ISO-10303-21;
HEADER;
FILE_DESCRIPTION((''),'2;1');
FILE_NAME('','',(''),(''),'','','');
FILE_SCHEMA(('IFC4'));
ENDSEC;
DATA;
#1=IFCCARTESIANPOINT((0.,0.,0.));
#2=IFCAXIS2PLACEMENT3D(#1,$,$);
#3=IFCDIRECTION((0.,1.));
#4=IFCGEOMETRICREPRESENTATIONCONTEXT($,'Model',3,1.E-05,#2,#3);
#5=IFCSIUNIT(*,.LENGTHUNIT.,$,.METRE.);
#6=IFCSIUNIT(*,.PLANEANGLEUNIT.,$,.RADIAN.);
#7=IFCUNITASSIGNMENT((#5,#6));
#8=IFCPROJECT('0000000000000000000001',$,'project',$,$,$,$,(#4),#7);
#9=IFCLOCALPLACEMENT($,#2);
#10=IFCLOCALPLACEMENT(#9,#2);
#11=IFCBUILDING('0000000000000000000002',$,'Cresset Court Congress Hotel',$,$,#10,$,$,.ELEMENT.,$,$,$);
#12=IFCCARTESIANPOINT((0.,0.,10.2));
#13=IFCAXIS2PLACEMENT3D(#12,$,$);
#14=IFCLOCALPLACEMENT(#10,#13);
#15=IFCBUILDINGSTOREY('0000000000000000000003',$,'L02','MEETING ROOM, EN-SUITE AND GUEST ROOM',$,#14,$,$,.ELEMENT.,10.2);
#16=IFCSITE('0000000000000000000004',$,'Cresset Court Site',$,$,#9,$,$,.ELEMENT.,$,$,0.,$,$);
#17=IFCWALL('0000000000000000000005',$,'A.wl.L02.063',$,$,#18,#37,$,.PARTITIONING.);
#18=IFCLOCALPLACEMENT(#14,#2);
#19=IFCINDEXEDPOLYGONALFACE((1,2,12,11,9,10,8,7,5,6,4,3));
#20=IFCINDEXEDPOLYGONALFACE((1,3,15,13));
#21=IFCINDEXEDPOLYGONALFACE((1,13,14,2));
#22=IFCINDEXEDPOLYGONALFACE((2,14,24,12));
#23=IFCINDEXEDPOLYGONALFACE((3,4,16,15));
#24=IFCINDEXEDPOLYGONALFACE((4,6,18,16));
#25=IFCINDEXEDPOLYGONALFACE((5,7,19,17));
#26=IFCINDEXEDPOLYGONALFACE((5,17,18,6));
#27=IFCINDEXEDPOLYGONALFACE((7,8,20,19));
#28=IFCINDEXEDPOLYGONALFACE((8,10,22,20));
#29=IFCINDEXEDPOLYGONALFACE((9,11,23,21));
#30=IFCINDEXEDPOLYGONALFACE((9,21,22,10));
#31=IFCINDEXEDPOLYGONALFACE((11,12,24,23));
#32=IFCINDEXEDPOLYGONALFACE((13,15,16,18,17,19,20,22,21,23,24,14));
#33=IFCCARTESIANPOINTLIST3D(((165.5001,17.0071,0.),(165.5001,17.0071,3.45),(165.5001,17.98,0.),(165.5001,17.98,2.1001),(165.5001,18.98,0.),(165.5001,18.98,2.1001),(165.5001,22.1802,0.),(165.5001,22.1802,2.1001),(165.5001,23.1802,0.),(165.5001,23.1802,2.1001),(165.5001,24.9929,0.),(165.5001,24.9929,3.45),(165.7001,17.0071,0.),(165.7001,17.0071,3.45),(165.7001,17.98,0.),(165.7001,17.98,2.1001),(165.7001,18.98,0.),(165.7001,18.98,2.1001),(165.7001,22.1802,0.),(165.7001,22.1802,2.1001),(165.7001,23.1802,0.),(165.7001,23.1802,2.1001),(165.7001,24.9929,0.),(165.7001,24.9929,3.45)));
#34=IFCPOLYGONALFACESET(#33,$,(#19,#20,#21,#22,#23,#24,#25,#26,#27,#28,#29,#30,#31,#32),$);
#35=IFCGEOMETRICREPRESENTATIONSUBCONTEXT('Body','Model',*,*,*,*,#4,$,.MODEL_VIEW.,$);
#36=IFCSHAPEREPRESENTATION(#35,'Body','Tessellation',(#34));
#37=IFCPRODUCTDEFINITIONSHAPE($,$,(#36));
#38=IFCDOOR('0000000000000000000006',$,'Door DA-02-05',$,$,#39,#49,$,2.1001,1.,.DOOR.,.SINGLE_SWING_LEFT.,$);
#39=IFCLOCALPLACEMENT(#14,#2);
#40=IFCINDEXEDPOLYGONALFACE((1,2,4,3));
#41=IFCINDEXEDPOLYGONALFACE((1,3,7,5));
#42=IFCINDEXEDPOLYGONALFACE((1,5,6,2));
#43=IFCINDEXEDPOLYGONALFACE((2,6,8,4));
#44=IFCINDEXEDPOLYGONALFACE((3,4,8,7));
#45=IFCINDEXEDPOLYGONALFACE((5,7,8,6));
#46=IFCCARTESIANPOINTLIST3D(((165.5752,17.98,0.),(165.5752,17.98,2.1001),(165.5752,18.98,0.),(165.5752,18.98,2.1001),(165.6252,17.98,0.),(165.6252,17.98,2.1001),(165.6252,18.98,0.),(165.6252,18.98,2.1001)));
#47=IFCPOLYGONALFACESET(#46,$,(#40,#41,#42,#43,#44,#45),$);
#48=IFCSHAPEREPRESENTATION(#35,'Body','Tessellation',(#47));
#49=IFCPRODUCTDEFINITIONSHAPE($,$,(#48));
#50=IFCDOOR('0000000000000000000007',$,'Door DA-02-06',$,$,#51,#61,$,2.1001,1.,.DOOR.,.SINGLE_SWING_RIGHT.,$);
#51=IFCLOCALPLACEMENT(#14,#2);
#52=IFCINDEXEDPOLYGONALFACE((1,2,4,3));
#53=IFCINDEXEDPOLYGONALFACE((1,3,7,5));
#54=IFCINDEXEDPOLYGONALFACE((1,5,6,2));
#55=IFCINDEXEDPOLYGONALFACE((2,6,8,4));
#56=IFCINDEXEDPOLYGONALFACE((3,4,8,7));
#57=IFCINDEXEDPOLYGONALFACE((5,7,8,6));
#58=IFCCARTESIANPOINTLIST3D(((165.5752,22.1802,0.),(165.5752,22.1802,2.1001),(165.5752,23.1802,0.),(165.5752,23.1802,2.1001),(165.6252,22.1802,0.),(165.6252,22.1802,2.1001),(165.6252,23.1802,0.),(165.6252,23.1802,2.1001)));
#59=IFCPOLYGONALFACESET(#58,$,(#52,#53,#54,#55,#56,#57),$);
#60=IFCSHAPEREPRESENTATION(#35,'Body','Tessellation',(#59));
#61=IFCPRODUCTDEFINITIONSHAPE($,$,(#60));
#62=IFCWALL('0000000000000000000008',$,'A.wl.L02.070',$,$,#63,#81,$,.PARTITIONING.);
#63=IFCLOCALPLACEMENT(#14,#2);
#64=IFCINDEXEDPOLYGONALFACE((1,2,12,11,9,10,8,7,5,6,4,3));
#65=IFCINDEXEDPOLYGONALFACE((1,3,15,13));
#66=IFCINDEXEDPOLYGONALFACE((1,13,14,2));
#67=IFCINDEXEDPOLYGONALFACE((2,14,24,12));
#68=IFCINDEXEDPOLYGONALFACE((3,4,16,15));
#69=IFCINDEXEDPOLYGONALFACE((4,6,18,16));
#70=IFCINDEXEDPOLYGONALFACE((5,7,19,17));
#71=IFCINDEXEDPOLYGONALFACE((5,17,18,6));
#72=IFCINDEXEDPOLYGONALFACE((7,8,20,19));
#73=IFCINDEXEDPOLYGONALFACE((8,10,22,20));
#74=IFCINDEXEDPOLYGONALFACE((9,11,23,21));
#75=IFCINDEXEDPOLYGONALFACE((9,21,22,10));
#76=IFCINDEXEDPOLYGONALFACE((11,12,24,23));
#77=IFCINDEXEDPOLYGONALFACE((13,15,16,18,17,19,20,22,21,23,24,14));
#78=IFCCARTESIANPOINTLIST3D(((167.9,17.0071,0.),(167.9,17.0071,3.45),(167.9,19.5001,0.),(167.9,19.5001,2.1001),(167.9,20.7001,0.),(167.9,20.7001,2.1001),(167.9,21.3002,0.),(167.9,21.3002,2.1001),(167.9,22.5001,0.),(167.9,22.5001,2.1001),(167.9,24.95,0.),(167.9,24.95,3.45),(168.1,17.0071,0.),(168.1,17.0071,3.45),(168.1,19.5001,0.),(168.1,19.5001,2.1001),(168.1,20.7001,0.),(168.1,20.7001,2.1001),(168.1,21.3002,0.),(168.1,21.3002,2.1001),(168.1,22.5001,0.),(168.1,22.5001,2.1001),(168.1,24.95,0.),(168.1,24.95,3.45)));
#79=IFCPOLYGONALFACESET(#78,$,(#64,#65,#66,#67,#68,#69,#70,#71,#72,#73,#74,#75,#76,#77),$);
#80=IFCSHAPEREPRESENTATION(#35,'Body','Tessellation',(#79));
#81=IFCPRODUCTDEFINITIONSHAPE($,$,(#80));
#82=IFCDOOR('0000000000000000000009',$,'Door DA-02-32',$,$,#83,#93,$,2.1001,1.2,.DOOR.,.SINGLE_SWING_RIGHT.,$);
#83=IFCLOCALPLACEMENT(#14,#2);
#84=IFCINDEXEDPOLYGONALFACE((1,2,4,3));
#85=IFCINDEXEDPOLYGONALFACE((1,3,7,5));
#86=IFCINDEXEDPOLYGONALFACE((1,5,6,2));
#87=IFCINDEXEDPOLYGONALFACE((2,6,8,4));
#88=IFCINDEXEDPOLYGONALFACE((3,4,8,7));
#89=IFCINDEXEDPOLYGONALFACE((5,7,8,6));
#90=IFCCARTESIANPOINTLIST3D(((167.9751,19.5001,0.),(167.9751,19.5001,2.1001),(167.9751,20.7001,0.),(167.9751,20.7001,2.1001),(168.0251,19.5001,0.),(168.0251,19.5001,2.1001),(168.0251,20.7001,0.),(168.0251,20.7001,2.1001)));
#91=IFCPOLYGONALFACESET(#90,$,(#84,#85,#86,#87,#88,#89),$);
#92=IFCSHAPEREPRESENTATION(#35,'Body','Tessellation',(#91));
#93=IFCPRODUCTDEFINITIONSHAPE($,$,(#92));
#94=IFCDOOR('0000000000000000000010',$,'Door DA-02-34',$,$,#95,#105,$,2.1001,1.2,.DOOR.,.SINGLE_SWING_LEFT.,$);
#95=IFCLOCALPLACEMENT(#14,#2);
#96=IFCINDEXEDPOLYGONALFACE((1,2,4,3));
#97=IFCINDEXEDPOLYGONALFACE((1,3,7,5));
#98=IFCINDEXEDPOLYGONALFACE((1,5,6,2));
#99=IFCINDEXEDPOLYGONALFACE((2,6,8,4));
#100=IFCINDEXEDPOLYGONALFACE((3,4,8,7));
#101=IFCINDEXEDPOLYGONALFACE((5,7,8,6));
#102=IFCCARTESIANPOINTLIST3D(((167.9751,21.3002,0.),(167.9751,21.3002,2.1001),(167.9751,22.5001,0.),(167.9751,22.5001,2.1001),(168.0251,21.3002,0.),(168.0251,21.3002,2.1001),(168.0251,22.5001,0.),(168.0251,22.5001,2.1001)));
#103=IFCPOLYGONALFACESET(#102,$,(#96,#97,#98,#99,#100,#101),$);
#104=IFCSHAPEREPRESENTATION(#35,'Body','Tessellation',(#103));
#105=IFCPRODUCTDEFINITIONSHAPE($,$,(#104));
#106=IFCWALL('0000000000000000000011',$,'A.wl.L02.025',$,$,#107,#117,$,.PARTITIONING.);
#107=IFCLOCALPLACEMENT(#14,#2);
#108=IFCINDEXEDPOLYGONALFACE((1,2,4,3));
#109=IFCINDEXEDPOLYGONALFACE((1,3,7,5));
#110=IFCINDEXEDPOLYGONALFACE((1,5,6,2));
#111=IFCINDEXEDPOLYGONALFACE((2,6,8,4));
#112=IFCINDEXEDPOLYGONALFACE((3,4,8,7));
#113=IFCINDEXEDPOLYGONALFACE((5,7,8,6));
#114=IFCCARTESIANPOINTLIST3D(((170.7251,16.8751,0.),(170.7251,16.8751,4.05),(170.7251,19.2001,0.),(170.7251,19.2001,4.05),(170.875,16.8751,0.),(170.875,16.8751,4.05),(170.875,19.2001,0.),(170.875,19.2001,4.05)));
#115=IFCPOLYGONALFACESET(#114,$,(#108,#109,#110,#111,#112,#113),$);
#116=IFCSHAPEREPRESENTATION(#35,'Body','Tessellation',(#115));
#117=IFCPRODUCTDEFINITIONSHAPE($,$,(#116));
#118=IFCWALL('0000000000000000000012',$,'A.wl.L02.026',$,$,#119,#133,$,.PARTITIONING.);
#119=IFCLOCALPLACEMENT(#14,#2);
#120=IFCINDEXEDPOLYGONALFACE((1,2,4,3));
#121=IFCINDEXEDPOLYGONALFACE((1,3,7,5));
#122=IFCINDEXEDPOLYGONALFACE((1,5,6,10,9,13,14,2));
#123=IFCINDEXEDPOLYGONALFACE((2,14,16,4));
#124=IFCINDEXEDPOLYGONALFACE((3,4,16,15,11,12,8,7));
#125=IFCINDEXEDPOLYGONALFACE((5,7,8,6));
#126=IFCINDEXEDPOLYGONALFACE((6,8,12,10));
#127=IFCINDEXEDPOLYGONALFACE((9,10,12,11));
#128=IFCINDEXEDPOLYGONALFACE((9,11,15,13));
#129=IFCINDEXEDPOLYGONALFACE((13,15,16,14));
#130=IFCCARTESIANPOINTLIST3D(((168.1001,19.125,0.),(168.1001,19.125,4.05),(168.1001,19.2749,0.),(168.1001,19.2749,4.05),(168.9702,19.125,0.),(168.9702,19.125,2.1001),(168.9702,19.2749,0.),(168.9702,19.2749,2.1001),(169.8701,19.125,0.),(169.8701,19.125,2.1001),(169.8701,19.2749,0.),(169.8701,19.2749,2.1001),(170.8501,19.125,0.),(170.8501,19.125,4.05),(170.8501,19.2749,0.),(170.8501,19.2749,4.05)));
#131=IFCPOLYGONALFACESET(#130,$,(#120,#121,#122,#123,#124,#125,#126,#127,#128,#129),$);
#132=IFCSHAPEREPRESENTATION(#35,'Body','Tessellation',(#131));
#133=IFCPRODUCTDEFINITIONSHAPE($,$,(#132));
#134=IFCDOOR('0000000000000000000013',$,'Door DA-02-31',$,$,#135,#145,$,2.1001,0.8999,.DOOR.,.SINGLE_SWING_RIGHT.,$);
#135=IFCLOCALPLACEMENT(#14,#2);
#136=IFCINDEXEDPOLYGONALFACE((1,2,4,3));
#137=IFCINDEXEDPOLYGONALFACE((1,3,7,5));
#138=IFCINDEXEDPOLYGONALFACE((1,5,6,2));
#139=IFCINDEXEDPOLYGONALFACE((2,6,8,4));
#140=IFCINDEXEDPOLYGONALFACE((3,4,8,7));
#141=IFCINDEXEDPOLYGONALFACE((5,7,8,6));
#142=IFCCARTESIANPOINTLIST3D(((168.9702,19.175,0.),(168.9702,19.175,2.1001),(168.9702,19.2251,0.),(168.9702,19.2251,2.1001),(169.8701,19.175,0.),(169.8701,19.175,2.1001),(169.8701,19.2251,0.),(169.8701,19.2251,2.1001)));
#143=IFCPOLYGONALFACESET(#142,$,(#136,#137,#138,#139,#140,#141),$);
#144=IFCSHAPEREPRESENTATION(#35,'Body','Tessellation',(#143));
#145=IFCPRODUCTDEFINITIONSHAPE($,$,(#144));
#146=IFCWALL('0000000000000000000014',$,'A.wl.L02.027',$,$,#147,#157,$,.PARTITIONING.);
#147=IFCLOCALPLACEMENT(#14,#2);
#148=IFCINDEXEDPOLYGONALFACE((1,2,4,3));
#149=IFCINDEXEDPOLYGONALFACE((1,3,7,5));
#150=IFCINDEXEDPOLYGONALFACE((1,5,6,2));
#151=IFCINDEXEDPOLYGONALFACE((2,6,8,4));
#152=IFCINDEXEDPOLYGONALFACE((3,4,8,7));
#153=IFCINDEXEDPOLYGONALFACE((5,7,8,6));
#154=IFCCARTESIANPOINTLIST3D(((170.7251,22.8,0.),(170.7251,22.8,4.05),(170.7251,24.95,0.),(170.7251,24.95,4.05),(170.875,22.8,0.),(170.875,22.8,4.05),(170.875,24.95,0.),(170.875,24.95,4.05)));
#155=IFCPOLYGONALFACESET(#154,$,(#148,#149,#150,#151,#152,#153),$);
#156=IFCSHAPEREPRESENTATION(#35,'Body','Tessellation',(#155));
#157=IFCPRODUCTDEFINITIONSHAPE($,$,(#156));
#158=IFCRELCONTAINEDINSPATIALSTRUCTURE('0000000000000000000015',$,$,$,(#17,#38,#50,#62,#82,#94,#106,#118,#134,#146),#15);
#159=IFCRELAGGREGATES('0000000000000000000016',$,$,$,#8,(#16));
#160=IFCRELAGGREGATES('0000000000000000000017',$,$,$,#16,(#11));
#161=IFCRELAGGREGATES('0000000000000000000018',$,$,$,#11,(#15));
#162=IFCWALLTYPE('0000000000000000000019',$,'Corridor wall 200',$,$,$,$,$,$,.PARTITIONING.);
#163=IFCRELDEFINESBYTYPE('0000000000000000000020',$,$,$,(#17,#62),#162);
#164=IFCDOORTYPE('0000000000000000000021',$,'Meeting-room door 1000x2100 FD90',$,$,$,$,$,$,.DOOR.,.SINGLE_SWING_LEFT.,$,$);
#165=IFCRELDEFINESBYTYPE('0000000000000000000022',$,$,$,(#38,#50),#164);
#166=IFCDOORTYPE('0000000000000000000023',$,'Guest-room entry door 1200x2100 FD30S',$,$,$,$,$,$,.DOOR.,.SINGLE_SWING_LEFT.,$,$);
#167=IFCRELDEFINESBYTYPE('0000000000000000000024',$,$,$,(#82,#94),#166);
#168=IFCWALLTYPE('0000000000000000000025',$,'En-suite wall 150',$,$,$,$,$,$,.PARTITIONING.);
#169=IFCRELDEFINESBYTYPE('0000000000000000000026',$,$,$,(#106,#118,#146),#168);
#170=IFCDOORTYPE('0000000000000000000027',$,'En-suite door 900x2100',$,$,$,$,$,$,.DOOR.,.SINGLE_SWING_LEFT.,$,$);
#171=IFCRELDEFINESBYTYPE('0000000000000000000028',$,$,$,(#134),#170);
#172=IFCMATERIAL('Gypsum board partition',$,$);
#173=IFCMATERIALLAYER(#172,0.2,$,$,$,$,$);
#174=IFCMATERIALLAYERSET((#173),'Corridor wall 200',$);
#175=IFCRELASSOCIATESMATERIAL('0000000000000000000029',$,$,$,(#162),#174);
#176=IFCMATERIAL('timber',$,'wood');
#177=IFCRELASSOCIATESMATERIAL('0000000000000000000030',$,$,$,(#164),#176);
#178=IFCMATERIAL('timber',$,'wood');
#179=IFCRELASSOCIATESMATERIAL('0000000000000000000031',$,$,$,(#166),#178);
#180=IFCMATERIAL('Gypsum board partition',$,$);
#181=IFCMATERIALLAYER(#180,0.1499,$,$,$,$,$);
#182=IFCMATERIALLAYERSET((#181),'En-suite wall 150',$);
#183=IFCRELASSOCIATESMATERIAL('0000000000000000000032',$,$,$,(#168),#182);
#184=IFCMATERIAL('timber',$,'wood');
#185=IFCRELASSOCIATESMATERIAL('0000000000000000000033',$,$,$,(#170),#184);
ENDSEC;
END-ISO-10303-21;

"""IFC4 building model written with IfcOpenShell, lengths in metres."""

from ifc_helpers import new_model, si_unit, direction, frame, frame_2d, origin, place, context, subcontext, project, spatial, rectangle, extrude, material, layer, layer_set, type_object, element, fill, save


model = new_model("IFC4")

# Units and contexts
model_context = context("Model", 3, precision=1e-05, world=origin(), true_north=direction((0.0, 1.0)))
body_context = subcontext(model_context, "Body", "Model", "MODEL_VIEW")
ifc_project = project(units=[si_unit("LENGTHUNIT", "METRE"), si_unit("PLANEANGLEUNIT", "RADIAN")], contexts=[model_context])

# Site, building, storey
site_placement = place(None, origin())
site = spatial("IfcSite", under=ifc_project, at=site_placement, Name="Cresset Court Site", CompositionType="ELEMENT", RefElevation=0.0)
building_placement = place(site_placement, origin())
building = spatial("IfcBuilding", under=site, at=building_placement, Name="Cresset Court Congress Hotel", CompositionType="ELEMENT")
storey_placement = place(building_placement, frame((0.0, 0.0, 10.2)))
storey = spatial("IfcBuildingStorey", under=building, at=storey_placement, Name="L02", Description="MEETING ROOM, EN-SUITE AND GUEST ROOM", CompositionType="ELEMENT", Elevation=10.2)

# Walls, openings, doors
ifc_material_1 = material(Name="Gypsum board partition")
ifc_layer_1 = layer(ifc_material_1, 0.2)
ifc_layer_set_1 = layer_set([ifc_layer_1], Name="Corridor wall 200")
wall_type_1 = type_object("IfcWallType", Name="Corridor wall 200", PredefinedType="PARTITIONING", material=ifc_layer_set_1)
wall_1_placement = place(storey_placement, frame((165.6001, 17.0071, 0.0), z_axis=(0.0, 0.0, 1.0), x_axis=(0.0, 1.0, 0.0)))
wall_1 = element("IfcWall", 1, at=wall_1_placement, inside=storey, type_object=wall_type_1, Name="A.wl.L02.063", PredefinedType="PARTITIONING", context=body_context, shape_type="SweptSolid", body=[
    extrude(rectangle(XDim=7.9858, YDim=0.2, at=frame_2d((3.9929, 0.0))), origin(), (0.0, 0.0, 1.0), 3.45),
])
opening_1_placement = place(wall_1_placement, frame((0.9729, 0.0, 0.0)))
opening_1 = element("IfcOpeningElement", 2, at=opening_1_placement, cuts=wall_1, PredefinedType="OPENING", context=body_context, shape_type="SweptSolid", body=[
    extrude(rectangle(XDim=1.0, YDim=2.1001, at=frame_2d((0.5, 1.05))), frame((0.0, 0.1099, 0.0), z_axis=(0.0, -1.0, 0.0), x_axis=(1.0, 0.0, 0.0)), (0.0, 0.0, 1.0), 0.22),
])
opening_2_placement = place(wall_1_placement, frame((5.1731, 0.0, 0.0)))
opening_2 = element("IfcOpeningElement", 3, at=opening_2_placement, cuts=wall_1, PredefinedType="OPENING", context=body_context, shape_type="SweptSolid", body=[
    extrude(rectangle(XDim=1.0, YDim=2.1001, at=frame_2d((0.5, 1.05))), frame((0.0, 0.1099, 0.0), z_axis=(0.0, -1.0, 0.0), x_axis=(1.0, 0.0, 0.0)), (0.0, 0.0, 1.0), 0.22),
])
ifc_material_2 = material(Name="timber", Category="wood")
door_type_1 = type_object("IfcDoorType", Name="Meeting-room door 1000x2100 FD90", OperationType="SINGLE_SWING_LEFT", PredefinedType="DOOR", material=ifc_material_2)
door_1_placement = place(opening_1_placement, origin())
door_1 = element("IfcDoor", 4, at=door_1_placement, inside=storey, type_object=door_type_1, Name="Door DA-02-05", OperationType="SINGLE_SWING_LEFT", OverallHeight=2.1001, OverallWidth=1.0, PredefinedType="DOOR", context=body_context, shape_type="SweptSolid", body=[
    extrude(rectangle(XDim=1.0, YDim=2.1001, at=frame_2d((0.5, 1.05))), frame((0.0, 0.0249, 0.0), z_axis=(0.0, -1.0, 0.0), x_axis=(1.0, 0.0, 0.0)), (0.0, 0.0, 1.0), 0.05),
])
fill(opening_1, door_1)
door_2_placement = place(opening_2_placement, origin())
door_2 = element("IfcDoor", 5, at=door_2_placement, inside=storey, type_object=door_type_1, Name="Door DA-02-06", OperationType="SINGLE_SWING_RIGHT", OverallHeight=2.1001, OverallWidth=1.0, PredefinedType="DOOR", context=body_context, shape_type="SweptSolid", body=[
    extrude(rectangle(XDim=1.0, YDim=2.1001, at=frame_2d((0.5, 1.05))), frame((0.0, 0.0249, 0.0), z_axis=(0.0, -1.0, 0.0), x_axis=(1.0, 0.0, 0.0)), (0.0, 0.0, 1.0), 0.05),
])
fill(opening_2, door_2)
wall_2_placement = place(storey_placement, frame((168.0, 17.0071, 0.0), z_axis=(0.0, 0.0, 1.0), x_axis=(0.0, 1.0, 0.0)))
wall_2 = element("IfcWall", 6, at=wall_2_placement, inside=storey, type_object=wall_type_1, Name="A.wl.L02.070", PredefinedType="PARTITIONING", context=body_context, shape_type="SweptSolid", body=[
    extrude(rectangle(XDim=7.9429, YDim=0.2, at=frame_2d((3.9714, 0.0))), origin(), (0.0, 0.0, 1.0), 3.45),
])
opening_3_placement = place(wall_2_placement, frame((2.4929, 0.0, 0.0)))
opening_3 = element("IfcOpeningElement", 7, at=opening_3_placement, cuts=wall_2, PredefinedType="OPENING", context=body_context, shape_type="SweptSolid", body=[
    extrude(rectangle(XDim=1.2, YDim=2.1001, at=frame_2d((0.6001, 1.05))), frame((0.0, 0.1099, 0.0), z_axis=(0.0, -1.0, 0.0), x_axis=(1.0, 0.0, 0.0)), (0.0, 0.0, 1.0), 0.22),
])
opening_4_placement = place(wall_2_placement, frame((4.293, 0.0, 0.0)))
opening_4 = element("IfcOpeningElement", 8, at=opening_4_placement, cuts=wall_2, PredefinedType="OPENING", context=body_context, shape_type="SweptSolid", body=[
    extrude(rectangle(XDim=1.2, YDim=2.1001, at=frame_2d((0.6001, 1.05))), frame((0.0, 0.1099, 0.0), z_axis=(0.0, -1.0, 0.0), x_axis=(1.0, 0.0, 0.0)), (0.0, 0.0, 1.0), 0.22),
])
ifc_material_3 = material(Name="timber", Category="wood")
door_type_2 = type_object("IfcDoorType", Name="Guest-room entry door 1200x2100 FD30S", OperationType="SINGLE_SWING_LEFT", PredefinedType="DOOR", material=ifc_material_3)
door_3_placement = place(opening_3_placement, origin())
door_3 = element("IfcDoor", 9, at=door_3_placement, inside=storey, type_object=door_type_2, Name="Door DA-02-32", OperationType="SINGLE_SWING_RIGHT", OverallHeight=2.1001, OverallWidth=1.2, PredefinedType="DOOR", context=body_context, shape_type="SweptSolid", body=[
    extrude(rectangle(XDim=1.2, YDim=2.1001, at=frame_2d((0.6001, 1.05))), frame((0.0, 0.0249, 0.0), z_axis=(0.0, -1.0, 0.0), x_axis=(1.0, 0.0, 0.0)), (0.0, 0.0, 1.0), 0.05),
])
fill(opening_3, door_3)
door_4_placement = place(opening_4_placement, origin())
door_4 = element("IfcDoor", 10, at=door_4_placement, inside=storey, type_object=door_type_2, Name="Door DA-02-34", OperationType="SINGLE_SWING_LEFT", OverallHeight=2.1001, OverallWidth=1.2, PredefinedType="DOOR", context=body_context, shape_type="SweptSolid", body=[
    extrude(rectangle(XDim=1.2, YDim=2.1001, at=frame_2d((0.6001, 1.05))), frame((0.0, 0.0249, 0.0), z_axis=(0.0, -1.0, 0.0), x_axis=(1.0, 0.0, 0.0)), (0.0, 0.0, 1.0), 0.05),
])
fill(opening_4, door_4)

# Wall
ifc_material_4 = material(Name="Gypsum board partition")
ifc_layer_2 = layer(ifc_material_4, 0.1499)
ifc_layer_set_2 = layer_set([ifc_layer_2], Name="En-suite wall 150")
wall_type_2 = type_object("IfcWallType", Name="En-suite wall 150", PredefinedType="PARTITIONING", material=ifc_layer_set_2)
wall_3_placement = place(storey_placement, frame((170.8, 16.875, 0.0), z_axis=(0.0, 0.0, 1.0), x_axis=(0.0, 1.0, 0.0)))
element("IfcWall", 11, at=wall_3_placement, inside=storey, type_object=wall_type_2, Name="A.wl.L02.025", PredefinedType="PARTITIONING", context=body_context, shape_type="SweptSolid", body=[
    extrude(rectangle(XDim=2.325, YDim=0.1499, at=frame_2d((1.1626, 0.0))), origin(), (0.0, 0.0, 1.0), 4.05),
])

# Wall, opening, door
wall_4_placement = place(storey_placement, frame((170.8501, 19.2, 0.0), z_axis=(0.0, 0.0, 1.0), x_axis=(-1.0, 0.0, 0.0)))
wall_4 = element("IfcWall", 12, at=wall_4_placement, inside=storey, type_object=wall_type_2, Name="A.wl.L02.026", PredefinedType="PARTITIONING", context=body_context, shape_type="SweptSolid", body=[
    extrude(rectangle(XDim=2.75, YDim=0.1499, at=frame_2d((1.375, 0.0))), origin(), (0.0, 0.0, 1.0), 4.05),
])
opening_5_placement = place(wall_4_placement, frame((0.98, 0.0, 0.0)))
opening_5 = element("IfcOpeningElement", 13, at=opening_5_placement, cuts=wall_4, PredefinedType="OPENING", context=body_context, shape_type="SweptSolid", body=[
    extrude(rectangle(XDim=0.8999, YDim=2.1001, at=frame_2d((0.45, 1.05))), frame((0.0, 0.085, 0.0), z_axis=(0.0, -1.0, 0.0), x_axis=(1.0, 0.0, 0.0)), (0.0, 0.0, 1.0), 0.1699),
])
ifc_material_5 = material(Name="timber", Category="wood")
door_type_3 = type_object("IfcDoorType", Name="En-suite door 900x2100", OperationType="SINGLE_SWING_LEFT", PredefinedType="DOOR", material=ifc_material_5)
door_5_placement = place(opening_5_placement, origin())
door_5 = element("IfcDoor", 14, at=door_5_placement, inside=storey, type_object=door_type_3, Name="Door DA-02-31", OperationType="SINGLE_SWING_RIGHT", OverallHeight=2.1001, OverallWidth=0.8999, PredefinedType="DOOR", context=body_context, shape_type="SweptSolid", body=[
    extrude(rectangle(XDim=0.8999, YDim=2.1001, at=frame_2d((0.45, 1.05))), frame((0.0, 0.0249, 0.0), z_axis=(0.0, -1.0, 0.0), x_axis=(1.0, 0.0, 0.0)), (0.0, 0.0, 1.0), 0.05),
])
fill(opening_5, door_5)

# Wall
wall_5_placement = place(storey_placement, frame((170.8, 22.8, 0.0), z_axis=(0.0, 0.0, 1.0), x_axis=(0.0, 1.0, 0.0)))
element("IfcWall", 15, at=wall_5_placement, inside=storey, type_object=wall_type_2, Name="A.wl.L02.027", PredefinedType="PARTITIONING", context=body_context, shape_type="SweptSolid", body=[
    extrude(rectangle(XDim=2.1499, YDim=0.1499, at=frame_2d((1.075, 0.0))), origin(), (0.0, 0.0, 1.0), 4.05),
])

save(model, "model.ifc")
